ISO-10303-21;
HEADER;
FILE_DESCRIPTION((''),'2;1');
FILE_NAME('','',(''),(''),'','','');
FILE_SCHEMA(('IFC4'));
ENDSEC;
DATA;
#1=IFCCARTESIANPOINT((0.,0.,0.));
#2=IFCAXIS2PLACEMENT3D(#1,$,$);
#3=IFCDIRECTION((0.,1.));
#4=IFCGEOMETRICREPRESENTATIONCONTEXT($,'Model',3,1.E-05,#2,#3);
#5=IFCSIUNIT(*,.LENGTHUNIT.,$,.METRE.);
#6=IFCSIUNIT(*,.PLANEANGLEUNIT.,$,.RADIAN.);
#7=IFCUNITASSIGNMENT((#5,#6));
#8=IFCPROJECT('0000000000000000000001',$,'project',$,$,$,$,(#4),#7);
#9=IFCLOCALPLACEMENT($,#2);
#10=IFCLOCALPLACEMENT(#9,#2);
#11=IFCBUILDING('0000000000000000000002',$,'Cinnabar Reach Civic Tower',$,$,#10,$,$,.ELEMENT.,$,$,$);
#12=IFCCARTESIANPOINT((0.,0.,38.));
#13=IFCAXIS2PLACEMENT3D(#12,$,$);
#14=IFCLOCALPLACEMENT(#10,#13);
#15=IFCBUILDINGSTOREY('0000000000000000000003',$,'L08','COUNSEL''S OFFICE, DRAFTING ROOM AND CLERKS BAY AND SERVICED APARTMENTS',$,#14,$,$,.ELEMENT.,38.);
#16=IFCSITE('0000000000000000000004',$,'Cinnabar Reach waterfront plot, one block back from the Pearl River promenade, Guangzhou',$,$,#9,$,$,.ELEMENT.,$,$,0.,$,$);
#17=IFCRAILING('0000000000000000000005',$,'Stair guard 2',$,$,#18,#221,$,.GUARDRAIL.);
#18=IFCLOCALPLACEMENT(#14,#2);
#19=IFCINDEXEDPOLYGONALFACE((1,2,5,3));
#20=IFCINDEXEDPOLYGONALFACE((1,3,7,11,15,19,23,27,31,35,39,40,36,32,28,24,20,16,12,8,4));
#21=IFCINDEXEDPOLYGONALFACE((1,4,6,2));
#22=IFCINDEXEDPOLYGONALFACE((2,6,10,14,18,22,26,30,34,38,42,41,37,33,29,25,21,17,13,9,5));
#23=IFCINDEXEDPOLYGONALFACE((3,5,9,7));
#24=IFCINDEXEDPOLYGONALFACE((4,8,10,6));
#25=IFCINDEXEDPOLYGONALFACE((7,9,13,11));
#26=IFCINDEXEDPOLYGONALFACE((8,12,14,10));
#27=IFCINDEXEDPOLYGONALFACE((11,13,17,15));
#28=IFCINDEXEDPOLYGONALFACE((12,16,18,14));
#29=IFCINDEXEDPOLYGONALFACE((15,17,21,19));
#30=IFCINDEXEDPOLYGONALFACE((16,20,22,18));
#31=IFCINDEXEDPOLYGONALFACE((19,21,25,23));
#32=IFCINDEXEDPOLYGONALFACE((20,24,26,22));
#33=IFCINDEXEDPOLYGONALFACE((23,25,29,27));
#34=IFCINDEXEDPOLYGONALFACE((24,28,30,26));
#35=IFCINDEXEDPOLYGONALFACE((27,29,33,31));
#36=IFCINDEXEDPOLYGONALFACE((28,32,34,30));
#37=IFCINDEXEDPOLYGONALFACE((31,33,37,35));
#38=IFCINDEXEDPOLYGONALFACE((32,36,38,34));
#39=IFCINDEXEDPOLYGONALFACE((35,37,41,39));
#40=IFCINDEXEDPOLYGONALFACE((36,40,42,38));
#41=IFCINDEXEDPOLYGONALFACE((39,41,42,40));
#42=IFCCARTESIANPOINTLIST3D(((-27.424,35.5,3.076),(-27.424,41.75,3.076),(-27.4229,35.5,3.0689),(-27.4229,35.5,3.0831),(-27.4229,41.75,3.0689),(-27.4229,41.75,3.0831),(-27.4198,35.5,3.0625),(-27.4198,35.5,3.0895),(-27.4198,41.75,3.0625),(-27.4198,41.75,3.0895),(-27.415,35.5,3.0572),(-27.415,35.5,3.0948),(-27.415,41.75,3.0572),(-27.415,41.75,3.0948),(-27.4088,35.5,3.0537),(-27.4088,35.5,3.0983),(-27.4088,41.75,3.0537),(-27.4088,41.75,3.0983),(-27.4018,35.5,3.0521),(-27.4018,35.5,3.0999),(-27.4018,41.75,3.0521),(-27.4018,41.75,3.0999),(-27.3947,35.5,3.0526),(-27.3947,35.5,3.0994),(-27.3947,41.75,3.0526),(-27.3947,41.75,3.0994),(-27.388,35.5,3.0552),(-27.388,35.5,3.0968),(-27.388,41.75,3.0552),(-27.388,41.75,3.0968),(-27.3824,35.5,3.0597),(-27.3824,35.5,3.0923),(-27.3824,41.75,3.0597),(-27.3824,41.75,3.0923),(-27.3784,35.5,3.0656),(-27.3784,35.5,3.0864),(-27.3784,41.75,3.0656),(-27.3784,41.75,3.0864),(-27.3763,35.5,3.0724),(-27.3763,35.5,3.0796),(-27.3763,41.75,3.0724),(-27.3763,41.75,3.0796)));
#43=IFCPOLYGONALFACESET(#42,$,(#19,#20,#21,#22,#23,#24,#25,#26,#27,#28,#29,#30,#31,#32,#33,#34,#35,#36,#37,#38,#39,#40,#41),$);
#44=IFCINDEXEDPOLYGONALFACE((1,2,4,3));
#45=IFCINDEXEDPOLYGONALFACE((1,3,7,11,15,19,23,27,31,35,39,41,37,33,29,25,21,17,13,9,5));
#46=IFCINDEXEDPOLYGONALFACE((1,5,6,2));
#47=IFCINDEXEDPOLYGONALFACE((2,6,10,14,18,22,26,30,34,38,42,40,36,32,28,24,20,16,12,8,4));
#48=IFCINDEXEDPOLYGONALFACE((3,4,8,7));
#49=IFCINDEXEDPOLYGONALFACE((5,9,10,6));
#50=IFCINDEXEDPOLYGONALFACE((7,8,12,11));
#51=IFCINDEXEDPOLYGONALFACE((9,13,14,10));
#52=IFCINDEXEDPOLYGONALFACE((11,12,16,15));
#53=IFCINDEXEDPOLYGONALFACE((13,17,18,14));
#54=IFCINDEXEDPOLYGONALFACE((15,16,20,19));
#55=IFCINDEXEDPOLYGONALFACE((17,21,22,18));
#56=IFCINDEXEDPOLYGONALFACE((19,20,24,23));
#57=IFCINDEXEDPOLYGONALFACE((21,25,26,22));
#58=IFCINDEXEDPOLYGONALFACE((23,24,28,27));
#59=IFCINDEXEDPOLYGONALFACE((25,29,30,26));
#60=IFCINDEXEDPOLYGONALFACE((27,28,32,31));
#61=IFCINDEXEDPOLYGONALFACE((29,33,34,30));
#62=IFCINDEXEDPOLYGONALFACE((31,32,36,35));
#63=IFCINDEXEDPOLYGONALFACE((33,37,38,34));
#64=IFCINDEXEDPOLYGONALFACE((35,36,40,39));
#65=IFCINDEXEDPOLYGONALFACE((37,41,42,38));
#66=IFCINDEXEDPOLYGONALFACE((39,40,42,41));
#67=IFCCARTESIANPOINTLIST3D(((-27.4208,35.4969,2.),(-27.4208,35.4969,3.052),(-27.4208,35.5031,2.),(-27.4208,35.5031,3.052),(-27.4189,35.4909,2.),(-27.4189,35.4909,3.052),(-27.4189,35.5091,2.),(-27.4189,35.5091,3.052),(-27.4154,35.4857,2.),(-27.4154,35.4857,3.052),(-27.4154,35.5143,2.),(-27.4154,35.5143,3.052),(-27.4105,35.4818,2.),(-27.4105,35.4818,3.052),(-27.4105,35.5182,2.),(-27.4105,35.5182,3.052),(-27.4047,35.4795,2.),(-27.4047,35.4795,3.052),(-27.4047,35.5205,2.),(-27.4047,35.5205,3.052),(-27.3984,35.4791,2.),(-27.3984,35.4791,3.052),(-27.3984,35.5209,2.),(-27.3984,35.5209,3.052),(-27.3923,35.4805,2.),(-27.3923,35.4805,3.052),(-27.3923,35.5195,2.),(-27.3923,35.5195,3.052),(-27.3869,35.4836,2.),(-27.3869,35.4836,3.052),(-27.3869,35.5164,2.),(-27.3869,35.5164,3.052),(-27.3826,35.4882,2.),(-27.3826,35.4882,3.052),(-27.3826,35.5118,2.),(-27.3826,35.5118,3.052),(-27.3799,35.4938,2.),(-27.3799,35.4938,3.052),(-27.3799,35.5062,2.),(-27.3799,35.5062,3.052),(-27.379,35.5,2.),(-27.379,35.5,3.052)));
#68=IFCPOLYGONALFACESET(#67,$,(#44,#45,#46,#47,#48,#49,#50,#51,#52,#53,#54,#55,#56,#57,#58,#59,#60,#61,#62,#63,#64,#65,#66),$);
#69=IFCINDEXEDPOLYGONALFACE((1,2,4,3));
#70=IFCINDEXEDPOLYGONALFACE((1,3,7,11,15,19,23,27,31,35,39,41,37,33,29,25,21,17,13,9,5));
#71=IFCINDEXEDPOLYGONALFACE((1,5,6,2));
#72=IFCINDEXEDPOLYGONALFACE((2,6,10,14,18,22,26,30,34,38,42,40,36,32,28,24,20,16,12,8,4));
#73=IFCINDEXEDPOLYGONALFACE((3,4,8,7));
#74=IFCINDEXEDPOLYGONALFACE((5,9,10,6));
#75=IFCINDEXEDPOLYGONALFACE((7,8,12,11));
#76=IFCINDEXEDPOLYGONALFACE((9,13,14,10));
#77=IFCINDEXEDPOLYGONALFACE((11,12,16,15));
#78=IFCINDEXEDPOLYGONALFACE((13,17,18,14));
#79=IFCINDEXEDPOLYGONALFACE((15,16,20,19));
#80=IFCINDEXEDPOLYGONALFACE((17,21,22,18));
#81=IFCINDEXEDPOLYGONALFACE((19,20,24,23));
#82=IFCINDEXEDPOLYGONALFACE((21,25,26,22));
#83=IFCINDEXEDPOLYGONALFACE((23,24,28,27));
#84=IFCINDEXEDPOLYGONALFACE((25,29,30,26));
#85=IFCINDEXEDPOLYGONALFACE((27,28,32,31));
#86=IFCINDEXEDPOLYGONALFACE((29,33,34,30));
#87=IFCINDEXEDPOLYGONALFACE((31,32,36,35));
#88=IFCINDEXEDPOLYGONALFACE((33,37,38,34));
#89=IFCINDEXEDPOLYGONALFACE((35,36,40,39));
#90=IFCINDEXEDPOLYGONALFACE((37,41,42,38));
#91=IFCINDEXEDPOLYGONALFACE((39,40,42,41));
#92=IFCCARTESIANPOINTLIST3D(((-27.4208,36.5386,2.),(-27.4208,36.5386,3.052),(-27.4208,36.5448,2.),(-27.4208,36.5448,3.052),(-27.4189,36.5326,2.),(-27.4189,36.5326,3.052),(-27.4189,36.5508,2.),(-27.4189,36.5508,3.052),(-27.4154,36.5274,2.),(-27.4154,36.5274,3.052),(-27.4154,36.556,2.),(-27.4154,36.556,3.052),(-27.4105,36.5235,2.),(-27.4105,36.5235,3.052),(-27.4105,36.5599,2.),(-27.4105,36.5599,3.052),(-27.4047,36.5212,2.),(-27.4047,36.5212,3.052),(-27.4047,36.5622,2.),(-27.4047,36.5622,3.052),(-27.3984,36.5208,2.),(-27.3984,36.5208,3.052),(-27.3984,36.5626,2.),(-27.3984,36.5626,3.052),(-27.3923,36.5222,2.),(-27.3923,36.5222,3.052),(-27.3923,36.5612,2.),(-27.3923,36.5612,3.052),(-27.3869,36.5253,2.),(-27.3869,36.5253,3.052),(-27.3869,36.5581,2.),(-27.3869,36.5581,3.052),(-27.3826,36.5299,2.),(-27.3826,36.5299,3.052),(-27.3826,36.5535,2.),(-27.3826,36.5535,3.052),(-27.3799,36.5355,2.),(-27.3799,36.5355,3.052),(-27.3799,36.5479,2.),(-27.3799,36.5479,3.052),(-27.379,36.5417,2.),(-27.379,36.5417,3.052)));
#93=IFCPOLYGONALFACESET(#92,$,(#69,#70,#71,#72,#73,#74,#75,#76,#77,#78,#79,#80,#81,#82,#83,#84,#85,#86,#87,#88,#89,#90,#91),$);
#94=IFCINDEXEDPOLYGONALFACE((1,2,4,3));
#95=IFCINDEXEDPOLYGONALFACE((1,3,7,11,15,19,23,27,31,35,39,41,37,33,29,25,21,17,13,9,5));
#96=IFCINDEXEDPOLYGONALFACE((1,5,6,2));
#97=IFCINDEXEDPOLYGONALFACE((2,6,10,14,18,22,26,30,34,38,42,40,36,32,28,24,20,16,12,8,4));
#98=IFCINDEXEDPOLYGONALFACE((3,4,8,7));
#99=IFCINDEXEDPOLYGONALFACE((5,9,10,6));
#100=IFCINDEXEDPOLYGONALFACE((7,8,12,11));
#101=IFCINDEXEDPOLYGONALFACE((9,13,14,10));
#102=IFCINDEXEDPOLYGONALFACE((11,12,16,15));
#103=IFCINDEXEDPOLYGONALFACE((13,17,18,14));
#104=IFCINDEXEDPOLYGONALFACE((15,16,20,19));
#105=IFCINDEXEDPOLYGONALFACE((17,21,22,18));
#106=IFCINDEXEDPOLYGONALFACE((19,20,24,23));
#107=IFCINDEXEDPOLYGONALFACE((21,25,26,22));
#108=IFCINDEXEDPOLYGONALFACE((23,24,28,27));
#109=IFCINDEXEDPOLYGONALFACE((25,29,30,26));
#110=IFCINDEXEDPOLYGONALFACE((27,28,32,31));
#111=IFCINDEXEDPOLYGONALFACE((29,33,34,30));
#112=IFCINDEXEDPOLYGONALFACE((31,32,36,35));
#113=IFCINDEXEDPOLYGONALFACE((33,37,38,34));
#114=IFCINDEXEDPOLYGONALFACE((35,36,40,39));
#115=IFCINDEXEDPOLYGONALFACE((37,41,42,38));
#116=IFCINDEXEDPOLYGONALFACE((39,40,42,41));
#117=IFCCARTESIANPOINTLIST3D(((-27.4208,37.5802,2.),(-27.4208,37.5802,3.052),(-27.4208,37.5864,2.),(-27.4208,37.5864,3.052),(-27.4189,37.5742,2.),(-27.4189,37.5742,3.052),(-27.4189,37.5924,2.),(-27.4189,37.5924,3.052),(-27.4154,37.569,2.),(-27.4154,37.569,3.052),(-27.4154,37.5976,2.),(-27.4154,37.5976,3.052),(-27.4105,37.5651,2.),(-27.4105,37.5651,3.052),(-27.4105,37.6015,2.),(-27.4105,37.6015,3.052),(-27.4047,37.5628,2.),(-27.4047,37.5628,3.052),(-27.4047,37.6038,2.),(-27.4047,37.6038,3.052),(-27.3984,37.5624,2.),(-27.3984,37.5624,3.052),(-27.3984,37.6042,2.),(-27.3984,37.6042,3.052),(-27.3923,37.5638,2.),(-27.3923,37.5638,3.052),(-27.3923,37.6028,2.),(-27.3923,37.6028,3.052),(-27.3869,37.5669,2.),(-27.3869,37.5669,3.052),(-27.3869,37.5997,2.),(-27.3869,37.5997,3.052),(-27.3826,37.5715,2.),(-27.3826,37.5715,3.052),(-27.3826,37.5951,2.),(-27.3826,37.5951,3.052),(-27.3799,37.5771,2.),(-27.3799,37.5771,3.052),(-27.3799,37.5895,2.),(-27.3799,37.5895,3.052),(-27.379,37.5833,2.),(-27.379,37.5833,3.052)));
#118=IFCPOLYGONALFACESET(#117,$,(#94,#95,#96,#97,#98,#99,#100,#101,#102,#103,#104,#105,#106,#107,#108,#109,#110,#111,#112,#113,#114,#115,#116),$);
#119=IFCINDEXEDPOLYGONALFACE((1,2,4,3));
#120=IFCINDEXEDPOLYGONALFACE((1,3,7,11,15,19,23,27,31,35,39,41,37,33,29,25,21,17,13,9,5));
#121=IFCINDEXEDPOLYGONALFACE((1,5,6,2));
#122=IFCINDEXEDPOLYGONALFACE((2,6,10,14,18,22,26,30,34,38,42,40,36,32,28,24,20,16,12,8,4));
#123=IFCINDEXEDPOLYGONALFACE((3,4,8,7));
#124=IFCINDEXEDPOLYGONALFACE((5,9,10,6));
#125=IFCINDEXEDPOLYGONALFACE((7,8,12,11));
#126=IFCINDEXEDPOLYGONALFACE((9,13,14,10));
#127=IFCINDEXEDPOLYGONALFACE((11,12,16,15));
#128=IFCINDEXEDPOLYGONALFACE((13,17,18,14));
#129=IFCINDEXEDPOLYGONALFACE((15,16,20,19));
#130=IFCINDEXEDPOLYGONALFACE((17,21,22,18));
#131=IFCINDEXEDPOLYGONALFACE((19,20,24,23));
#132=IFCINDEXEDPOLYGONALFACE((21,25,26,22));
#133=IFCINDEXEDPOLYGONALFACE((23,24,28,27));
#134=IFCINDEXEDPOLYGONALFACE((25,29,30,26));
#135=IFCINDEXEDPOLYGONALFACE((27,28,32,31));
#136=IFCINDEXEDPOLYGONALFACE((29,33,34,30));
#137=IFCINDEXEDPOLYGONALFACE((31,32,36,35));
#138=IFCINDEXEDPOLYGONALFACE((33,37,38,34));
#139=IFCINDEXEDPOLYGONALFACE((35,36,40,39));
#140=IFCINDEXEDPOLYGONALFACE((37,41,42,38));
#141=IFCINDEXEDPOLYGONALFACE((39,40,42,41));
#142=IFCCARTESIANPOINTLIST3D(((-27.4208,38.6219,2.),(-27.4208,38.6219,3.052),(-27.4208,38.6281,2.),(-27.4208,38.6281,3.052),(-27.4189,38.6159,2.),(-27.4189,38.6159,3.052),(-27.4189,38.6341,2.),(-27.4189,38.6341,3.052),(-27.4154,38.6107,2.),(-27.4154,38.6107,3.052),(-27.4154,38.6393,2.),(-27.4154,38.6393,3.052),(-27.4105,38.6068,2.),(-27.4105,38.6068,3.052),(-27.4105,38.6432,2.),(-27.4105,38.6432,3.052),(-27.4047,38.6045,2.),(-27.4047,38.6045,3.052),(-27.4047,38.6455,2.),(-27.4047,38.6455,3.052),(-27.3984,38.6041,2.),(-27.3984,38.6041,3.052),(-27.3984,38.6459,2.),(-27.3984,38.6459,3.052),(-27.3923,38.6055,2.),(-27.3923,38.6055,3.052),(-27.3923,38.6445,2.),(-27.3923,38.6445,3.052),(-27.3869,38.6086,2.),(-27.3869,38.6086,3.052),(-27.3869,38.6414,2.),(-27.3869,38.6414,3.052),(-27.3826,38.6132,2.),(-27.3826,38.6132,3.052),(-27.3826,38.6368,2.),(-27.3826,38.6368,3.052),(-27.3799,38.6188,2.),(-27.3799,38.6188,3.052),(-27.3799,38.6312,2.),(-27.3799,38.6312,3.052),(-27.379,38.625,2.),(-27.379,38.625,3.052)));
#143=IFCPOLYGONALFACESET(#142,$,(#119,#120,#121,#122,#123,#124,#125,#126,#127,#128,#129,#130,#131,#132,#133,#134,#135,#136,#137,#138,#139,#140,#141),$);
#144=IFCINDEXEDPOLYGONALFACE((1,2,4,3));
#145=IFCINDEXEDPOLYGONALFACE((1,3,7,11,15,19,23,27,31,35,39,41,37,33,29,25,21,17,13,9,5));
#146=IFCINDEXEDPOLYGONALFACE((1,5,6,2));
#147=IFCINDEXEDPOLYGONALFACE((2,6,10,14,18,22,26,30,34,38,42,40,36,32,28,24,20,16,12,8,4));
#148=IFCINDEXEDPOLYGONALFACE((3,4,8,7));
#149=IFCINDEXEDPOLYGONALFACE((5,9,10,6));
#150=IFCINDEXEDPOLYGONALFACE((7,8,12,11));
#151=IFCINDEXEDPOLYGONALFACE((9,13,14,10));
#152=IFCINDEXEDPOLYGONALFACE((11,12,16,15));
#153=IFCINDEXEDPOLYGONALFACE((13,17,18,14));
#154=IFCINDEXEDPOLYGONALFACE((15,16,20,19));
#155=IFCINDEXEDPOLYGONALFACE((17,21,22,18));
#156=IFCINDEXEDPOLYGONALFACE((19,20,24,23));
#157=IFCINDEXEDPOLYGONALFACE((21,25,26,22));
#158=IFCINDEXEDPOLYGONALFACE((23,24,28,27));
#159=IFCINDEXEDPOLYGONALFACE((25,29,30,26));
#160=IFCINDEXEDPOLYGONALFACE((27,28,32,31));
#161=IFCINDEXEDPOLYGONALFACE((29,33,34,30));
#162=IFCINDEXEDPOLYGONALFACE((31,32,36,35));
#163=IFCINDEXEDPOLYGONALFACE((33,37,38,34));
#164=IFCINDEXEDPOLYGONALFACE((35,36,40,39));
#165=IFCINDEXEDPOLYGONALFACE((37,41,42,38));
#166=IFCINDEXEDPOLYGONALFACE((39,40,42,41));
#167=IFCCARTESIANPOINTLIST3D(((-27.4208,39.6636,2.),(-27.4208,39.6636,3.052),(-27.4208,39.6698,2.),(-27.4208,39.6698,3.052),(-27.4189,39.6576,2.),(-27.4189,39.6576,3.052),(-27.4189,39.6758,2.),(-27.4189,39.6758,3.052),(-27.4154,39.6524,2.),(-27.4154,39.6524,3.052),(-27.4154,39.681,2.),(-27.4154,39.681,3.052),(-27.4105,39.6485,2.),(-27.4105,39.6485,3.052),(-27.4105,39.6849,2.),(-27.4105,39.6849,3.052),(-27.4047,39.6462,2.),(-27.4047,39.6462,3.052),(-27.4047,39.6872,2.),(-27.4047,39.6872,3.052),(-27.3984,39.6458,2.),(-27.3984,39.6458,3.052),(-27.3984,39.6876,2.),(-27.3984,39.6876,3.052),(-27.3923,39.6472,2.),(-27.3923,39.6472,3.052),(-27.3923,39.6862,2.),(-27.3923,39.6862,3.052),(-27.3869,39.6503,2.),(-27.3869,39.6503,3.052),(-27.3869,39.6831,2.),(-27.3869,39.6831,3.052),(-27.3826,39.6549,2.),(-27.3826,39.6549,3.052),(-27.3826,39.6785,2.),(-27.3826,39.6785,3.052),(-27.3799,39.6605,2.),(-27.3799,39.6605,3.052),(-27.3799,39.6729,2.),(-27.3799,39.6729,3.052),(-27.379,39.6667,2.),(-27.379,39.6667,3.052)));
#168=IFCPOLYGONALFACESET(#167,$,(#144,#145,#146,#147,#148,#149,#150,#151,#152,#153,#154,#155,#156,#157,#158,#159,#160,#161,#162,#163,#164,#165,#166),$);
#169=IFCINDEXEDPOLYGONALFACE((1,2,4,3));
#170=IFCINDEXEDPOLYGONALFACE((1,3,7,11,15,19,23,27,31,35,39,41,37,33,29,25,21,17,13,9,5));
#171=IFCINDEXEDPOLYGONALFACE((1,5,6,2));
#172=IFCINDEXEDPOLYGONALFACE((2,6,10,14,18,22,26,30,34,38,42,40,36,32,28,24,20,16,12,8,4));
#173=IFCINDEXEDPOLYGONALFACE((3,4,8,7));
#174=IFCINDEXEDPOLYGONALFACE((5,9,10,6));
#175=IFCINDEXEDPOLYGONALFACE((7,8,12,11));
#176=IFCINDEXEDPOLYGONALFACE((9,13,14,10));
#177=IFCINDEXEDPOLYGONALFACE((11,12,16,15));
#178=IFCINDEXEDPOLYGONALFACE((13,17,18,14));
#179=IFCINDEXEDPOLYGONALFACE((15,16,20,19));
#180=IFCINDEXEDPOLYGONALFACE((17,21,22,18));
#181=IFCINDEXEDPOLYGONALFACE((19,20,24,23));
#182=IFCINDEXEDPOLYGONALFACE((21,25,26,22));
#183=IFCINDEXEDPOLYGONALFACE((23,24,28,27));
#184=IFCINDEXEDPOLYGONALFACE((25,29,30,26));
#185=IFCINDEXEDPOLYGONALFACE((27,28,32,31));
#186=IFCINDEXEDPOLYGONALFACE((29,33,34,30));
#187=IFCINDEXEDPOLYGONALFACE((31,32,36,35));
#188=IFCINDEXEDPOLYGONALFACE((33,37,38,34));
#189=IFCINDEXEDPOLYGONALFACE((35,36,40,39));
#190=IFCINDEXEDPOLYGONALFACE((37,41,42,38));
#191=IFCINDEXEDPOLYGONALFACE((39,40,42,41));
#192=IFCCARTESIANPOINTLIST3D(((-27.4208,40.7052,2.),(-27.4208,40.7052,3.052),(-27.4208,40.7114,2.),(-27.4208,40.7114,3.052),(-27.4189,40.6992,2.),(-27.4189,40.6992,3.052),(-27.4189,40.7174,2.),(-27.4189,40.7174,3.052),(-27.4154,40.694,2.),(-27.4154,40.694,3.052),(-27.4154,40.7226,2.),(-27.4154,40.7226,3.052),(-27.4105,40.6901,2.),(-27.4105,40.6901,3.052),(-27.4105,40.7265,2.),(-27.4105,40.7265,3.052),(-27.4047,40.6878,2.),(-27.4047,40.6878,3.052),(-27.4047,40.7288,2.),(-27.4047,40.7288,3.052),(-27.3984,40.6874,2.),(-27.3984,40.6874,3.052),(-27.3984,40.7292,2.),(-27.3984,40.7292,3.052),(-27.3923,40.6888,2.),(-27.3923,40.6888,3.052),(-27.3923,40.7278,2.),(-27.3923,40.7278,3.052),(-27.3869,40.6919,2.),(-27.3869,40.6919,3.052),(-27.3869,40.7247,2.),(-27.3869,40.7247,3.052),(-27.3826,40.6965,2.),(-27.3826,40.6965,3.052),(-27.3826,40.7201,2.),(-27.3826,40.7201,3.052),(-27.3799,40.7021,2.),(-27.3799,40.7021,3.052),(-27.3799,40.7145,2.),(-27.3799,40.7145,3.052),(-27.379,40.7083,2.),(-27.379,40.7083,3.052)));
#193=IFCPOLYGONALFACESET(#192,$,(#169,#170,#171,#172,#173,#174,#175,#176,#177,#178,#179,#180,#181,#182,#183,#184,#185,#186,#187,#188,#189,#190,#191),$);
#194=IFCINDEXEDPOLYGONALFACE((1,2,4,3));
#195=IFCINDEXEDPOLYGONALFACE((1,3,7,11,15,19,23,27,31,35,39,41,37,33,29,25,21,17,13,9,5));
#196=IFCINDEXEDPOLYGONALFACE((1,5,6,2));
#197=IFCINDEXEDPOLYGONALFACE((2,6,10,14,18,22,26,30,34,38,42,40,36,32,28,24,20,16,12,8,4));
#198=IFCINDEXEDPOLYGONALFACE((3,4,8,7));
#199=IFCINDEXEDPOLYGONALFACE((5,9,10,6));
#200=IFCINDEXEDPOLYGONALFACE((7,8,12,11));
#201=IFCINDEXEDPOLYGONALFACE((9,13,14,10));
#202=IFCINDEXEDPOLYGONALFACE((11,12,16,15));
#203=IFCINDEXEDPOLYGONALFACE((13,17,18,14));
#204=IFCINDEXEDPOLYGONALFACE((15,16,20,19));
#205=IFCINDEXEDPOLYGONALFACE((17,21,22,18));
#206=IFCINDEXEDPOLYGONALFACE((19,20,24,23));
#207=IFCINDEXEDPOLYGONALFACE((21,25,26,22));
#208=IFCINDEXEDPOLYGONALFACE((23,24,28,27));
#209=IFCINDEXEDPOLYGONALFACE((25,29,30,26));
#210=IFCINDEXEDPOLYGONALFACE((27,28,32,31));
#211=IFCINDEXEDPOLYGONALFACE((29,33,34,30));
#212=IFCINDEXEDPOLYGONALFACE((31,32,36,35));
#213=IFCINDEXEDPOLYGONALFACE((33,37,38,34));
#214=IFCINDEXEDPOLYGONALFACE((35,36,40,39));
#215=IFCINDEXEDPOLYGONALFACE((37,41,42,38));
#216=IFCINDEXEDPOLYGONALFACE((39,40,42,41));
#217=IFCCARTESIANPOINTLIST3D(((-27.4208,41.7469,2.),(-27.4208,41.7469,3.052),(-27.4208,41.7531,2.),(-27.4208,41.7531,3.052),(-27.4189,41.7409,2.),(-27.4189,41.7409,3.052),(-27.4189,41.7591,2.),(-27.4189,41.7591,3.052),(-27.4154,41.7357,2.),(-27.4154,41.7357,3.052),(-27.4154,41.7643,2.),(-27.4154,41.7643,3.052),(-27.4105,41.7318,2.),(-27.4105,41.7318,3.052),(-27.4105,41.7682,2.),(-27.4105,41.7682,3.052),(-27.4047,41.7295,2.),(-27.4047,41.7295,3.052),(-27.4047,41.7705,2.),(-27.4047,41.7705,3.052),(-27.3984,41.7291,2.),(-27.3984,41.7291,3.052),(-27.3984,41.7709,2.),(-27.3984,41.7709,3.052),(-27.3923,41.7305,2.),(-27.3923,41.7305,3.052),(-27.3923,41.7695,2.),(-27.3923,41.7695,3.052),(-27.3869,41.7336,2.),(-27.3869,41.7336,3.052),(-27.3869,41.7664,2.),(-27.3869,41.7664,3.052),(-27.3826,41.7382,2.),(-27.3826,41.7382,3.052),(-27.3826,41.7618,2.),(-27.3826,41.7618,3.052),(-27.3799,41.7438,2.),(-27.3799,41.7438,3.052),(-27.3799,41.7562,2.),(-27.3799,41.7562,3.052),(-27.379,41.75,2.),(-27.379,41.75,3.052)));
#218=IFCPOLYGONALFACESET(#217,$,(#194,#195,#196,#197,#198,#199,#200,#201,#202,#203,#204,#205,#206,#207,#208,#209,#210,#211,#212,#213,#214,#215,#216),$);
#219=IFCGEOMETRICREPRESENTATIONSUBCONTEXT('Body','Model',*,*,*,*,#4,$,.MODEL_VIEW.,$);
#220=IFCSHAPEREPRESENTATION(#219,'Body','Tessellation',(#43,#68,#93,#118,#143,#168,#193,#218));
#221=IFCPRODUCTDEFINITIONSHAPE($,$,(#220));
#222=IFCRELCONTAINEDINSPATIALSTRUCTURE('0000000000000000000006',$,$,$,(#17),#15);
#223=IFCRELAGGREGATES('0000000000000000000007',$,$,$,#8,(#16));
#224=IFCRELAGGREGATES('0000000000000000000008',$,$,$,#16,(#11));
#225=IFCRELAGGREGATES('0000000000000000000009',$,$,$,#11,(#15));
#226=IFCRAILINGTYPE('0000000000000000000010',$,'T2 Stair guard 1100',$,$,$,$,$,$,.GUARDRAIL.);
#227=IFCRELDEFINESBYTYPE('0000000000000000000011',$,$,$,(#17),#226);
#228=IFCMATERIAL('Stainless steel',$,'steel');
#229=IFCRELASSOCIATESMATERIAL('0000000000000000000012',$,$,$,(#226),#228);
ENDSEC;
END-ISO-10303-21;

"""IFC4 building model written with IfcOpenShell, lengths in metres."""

from ifc_helpers import new_model, si_unit, direction, frame, origin, origin_2d, place, context, subcontext, project, spatial, circle, extrude, material, type_object, element, save


model = new_model("IFC4")

# Units and contexts
model_context = context("Model", 3, precision=1e-05, world=origin(), true_north=direction((0.0, 1.0)))
body_context = subcontext(model_context, "Body", "Model", "MODEL_VIEW")
ifc_project = project(units=[si_unit("LENGTHUNIT", "METRE"), si_unit("PLANEANGLEUNIT", "RADIAN")], contexts=[model_context])

# Site, building, storey
site_placement = place(None, origin())
site = spatial("IfcSite", under=ifc_project, at=site_placement, Name="Cinnabar Reach waterfront plot, one block back from the Pearl River promenade, Guangzhou", CompositionType="ELEMENT", RefElevation=0.0)
building_placement = place(site_placement, origin())
building = spatial("IfcBuilding", under=site, at=building_placement, Name="Cinnabar Reach Civic Tower", CompositionType="ELEMENT")
storey_placement = place(building_placement, frame((0.0, 0.0, 38.0)))
storey = spatial("IfcBuildingStorey", under=building, at=storey_placement, Name="L08", Description="COUNSEL'S OFFICE, DRAFTING ROOM AND CLERKS BAY AND SERVICED APARTMENTS", CompositionType="ELEMENT", Elevation=38.0)

# Railing
ifc_material_1 = material(Name="Stainless steel", Category="steel")
railing_type = type_object("IfcRailingType", Name="T2 Stair guard 1100", PredefinedType="GUARDRAIL", material=ifc_material_1)
for number, where, name in (
    (1, (-27.4, 35.5, 2.0), "Stair guard 2"),
):
    element("IfcRailing", number, at=place(storey_placement, frame(where)), inside=storey, type_object=railing_type, Name=name, PredefinedType="GUARDRAIL", context=body_context, shape_type="SweptSolid", body=[
        extrude(circle(Radius=0.024, at=origin_2d()), frame((0.0, 0.0, 1.076), z_axis=(0.0, 1.0, 0.0), x_axis=(-1.0, 0.0, 0.0)), (0.0, 0.0, 1.0), 6.25),
        extrude(circle(Radius=0.021, at=origin_2d()), origin(), (0.0, 0.0, 1.0), 1.052),
        extrude(circle(Radius=0.021, at=origin_2d()), frame((0.0, 1.0417, 0.0)), (0.0, 0.0, 1.0), 1.052),
        extrude(circle(Radius=0.021, at=origin_2d()), frame((0.0, 2.0833, 0.0)), (0.0, 0.0, 1.0), 1.052),
        extrude(circle(Radius=0.021, at=origin_2d()), frame((0.0, 3.125, 0.0)), (0.0, 0.0, 1.0), 1.052),
        extrude(circle(Radius=0.021, at=origin_2d()), frame((0.0, 4.1667, 0.0)), (0.0, 0.0, 1.0), 1.052),
        extrude(circle(Radius=0.021, at=origin_2d()), frame((0.0, 5.2083, 0.0)), (0.0, 0.0, 1.0), 1.052),
        extrude(circle(Radius=0.021, at=origin_2d()), frame((0.0, 6.25, 0.0)), (0.0, 0.0, 1.0), 1.052),
    ])

save(model, "model.ifc")
